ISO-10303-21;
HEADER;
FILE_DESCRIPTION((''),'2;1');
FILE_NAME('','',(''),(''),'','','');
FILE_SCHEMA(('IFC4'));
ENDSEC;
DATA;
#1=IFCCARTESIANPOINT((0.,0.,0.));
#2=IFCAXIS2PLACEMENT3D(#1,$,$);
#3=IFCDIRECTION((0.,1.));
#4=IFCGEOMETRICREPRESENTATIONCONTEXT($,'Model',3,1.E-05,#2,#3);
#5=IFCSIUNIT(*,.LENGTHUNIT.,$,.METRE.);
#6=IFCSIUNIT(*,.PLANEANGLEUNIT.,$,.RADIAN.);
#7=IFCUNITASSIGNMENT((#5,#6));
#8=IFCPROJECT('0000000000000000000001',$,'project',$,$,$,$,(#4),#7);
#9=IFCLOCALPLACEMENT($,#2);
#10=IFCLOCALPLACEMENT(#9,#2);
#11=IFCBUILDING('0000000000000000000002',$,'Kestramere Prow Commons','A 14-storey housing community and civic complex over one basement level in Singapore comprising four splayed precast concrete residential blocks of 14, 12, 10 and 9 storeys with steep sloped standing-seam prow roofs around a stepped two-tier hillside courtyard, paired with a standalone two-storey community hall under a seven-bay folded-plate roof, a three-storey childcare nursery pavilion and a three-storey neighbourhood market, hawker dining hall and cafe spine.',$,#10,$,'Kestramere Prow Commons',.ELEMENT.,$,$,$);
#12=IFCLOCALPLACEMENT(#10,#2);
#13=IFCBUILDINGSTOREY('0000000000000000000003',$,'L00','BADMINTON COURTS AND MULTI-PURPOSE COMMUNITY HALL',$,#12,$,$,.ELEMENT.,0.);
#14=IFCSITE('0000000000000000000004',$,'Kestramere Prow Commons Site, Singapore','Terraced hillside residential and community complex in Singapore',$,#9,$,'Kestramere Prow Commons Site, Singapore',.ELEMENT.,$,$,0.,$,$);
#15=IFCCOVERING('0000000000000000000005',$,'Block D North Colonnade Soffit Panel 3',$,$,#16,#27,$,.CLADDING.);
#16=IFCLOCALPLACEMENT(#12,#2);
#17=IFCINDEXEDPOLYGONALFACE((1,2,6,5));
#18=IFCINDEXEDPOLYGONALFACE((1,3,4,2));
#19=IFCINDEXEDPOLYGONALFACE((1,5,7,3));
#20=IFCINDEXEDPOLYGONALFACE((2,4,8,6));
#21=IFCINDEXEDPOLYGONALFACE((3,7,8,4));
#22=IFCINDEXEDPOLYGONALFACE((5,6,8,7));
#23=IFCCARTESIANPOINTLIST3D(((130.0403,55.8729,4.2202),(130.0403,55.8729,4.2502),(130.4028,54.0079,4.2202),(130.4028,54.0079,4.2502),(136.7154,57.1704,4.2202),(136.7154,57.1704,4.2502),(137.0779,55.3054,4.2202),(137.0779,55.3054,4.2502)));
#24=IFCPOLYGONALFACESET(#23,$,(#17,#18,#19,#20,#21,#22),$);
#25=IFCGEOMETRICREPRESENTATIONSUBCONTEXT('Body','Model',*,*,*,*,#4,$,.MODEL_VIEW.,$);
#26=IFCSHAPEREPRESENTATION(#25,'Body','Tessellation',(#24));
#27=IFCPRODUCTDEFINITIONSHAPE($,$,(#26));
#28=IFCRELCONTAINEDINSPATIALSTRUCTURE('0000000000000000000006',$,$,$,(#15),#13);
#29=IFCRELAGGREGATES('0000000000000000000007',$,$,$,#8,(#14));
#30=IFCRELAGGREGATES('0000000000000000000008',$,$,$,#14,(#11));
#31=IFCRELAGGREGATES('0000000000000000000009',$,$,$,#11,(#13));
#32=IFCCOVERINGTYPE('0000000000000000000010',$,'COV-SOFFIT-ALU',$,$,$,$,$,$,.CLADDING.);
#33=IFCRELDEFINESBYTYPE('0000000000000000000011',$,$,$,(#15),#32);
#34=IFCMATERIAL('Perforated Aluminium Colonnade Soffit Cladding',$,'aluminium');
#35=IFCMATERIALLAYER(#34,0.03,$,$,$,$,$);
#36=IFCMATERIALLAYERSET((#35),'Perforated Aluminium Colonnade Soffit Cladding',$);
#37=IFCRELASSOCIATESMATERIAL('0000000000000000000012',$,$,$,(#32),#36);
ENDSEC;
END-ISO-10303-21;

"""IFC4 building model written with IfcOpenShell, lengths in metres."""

from ifc_helpers import new_model, si_unit, direction, frame, origin, origin_2d, place, context, subcontext, project, spatial, rectangle, extrude, material, layer, layer_set, type_object, element, save


model = new_model("IFC4")

# Units and contexts
model_context = context("Model", 3, precision=1e-05, world=origin(), true_north=direction((0.0, 1.0)))
body_context = subcontext(model_context, "Body", "Model", "MODEL_VIEW")
ifc_project = project(units=[si_unit("LENGTHUNIT", "METRE"), si_unit("PLANEANGLEUNIT", "RADIAN")], contexts=[model_context])

# Site, building, storey
site_placement = place(None, origin())
site = spatial("IfcSite", under=ifc_project, at=site_placement, Name="Kestramere Prow Commons Site, Singapore", Description="Terraced hillside residential and community complex in Singapore", LongName="Kestramere Prow Commons Site, Singapore", CompositionType="ELEMENT", RefElevation=0.0)
building_placement = place(site_placement, origin())
building = spatial("IfcBuilding", under=site, at=building_placement, Name="Kestramere Prow Commons", Description="A 14-storey housing community and civic complex over one basement level in Singapore comprising four splayed precast concrete residential blocks of 14, 12, 10 and 9 storeys with steep sloped standing-seam prow roofs around a stepped two-tier hillside courtyard, paired with a standalone two-storey community hall under a seven-bay folded-plate roof, a three-storey childcare nursery pavilion and a three-storey neighbourhood market, hawker dining hall and cafe spine.", LongName="Kestramere Prow Commons", CompositionType="ELEMENT")
storey_placement = place(building_placement, origin())
storey = spatial("IfcBuildingStorey", under=building, at=storey_placement, Name="L00", Description="BADMINTON COURTS AND MULTI-PURPOSE COMMUNITY HALL", CompositionType="ELEMENT", Elevation=0.0)

# Covering
ifc_material_1 = material(Name="Perforated Aluminium Colonnade Soffit Cladding", Category="aluminium")
ifc_layer_1 = layer(ifc_material_1, 0.03)
ifc_layer_set_1 = layer_set([ifc_layer_1], Name="Perforated Aluminium Colonnade Soffit Cladding")
covering_type = type_object("IfcCoveringType", Name="COV-SOFFIT-ALU", PredefinedType="CLADDING", material=ifc_layer_set_1)
covering_placement = place(storey_placement, frame((133.5591, 55.5891, 4.2202), z_axis=(0.0, 0.0, 1.0), x_axis=(0.981627, 0.190809, 0.0)))
element("IfcCovering", 1, at=covering_placement, inside=storey, type_object=covering_type, Name="Block D North Colonnade Soffit Panel 3", PredefinedType="CLADDING", context=body_context, shape_type="SweptSolid", body=[
    extrude(rectangle(XDim=6.8, YDim=1.8999, at=origin_2d()), origin(), (0.0, 0.0, 1.0), 0.03),
])

save(model, "model.ifc")
